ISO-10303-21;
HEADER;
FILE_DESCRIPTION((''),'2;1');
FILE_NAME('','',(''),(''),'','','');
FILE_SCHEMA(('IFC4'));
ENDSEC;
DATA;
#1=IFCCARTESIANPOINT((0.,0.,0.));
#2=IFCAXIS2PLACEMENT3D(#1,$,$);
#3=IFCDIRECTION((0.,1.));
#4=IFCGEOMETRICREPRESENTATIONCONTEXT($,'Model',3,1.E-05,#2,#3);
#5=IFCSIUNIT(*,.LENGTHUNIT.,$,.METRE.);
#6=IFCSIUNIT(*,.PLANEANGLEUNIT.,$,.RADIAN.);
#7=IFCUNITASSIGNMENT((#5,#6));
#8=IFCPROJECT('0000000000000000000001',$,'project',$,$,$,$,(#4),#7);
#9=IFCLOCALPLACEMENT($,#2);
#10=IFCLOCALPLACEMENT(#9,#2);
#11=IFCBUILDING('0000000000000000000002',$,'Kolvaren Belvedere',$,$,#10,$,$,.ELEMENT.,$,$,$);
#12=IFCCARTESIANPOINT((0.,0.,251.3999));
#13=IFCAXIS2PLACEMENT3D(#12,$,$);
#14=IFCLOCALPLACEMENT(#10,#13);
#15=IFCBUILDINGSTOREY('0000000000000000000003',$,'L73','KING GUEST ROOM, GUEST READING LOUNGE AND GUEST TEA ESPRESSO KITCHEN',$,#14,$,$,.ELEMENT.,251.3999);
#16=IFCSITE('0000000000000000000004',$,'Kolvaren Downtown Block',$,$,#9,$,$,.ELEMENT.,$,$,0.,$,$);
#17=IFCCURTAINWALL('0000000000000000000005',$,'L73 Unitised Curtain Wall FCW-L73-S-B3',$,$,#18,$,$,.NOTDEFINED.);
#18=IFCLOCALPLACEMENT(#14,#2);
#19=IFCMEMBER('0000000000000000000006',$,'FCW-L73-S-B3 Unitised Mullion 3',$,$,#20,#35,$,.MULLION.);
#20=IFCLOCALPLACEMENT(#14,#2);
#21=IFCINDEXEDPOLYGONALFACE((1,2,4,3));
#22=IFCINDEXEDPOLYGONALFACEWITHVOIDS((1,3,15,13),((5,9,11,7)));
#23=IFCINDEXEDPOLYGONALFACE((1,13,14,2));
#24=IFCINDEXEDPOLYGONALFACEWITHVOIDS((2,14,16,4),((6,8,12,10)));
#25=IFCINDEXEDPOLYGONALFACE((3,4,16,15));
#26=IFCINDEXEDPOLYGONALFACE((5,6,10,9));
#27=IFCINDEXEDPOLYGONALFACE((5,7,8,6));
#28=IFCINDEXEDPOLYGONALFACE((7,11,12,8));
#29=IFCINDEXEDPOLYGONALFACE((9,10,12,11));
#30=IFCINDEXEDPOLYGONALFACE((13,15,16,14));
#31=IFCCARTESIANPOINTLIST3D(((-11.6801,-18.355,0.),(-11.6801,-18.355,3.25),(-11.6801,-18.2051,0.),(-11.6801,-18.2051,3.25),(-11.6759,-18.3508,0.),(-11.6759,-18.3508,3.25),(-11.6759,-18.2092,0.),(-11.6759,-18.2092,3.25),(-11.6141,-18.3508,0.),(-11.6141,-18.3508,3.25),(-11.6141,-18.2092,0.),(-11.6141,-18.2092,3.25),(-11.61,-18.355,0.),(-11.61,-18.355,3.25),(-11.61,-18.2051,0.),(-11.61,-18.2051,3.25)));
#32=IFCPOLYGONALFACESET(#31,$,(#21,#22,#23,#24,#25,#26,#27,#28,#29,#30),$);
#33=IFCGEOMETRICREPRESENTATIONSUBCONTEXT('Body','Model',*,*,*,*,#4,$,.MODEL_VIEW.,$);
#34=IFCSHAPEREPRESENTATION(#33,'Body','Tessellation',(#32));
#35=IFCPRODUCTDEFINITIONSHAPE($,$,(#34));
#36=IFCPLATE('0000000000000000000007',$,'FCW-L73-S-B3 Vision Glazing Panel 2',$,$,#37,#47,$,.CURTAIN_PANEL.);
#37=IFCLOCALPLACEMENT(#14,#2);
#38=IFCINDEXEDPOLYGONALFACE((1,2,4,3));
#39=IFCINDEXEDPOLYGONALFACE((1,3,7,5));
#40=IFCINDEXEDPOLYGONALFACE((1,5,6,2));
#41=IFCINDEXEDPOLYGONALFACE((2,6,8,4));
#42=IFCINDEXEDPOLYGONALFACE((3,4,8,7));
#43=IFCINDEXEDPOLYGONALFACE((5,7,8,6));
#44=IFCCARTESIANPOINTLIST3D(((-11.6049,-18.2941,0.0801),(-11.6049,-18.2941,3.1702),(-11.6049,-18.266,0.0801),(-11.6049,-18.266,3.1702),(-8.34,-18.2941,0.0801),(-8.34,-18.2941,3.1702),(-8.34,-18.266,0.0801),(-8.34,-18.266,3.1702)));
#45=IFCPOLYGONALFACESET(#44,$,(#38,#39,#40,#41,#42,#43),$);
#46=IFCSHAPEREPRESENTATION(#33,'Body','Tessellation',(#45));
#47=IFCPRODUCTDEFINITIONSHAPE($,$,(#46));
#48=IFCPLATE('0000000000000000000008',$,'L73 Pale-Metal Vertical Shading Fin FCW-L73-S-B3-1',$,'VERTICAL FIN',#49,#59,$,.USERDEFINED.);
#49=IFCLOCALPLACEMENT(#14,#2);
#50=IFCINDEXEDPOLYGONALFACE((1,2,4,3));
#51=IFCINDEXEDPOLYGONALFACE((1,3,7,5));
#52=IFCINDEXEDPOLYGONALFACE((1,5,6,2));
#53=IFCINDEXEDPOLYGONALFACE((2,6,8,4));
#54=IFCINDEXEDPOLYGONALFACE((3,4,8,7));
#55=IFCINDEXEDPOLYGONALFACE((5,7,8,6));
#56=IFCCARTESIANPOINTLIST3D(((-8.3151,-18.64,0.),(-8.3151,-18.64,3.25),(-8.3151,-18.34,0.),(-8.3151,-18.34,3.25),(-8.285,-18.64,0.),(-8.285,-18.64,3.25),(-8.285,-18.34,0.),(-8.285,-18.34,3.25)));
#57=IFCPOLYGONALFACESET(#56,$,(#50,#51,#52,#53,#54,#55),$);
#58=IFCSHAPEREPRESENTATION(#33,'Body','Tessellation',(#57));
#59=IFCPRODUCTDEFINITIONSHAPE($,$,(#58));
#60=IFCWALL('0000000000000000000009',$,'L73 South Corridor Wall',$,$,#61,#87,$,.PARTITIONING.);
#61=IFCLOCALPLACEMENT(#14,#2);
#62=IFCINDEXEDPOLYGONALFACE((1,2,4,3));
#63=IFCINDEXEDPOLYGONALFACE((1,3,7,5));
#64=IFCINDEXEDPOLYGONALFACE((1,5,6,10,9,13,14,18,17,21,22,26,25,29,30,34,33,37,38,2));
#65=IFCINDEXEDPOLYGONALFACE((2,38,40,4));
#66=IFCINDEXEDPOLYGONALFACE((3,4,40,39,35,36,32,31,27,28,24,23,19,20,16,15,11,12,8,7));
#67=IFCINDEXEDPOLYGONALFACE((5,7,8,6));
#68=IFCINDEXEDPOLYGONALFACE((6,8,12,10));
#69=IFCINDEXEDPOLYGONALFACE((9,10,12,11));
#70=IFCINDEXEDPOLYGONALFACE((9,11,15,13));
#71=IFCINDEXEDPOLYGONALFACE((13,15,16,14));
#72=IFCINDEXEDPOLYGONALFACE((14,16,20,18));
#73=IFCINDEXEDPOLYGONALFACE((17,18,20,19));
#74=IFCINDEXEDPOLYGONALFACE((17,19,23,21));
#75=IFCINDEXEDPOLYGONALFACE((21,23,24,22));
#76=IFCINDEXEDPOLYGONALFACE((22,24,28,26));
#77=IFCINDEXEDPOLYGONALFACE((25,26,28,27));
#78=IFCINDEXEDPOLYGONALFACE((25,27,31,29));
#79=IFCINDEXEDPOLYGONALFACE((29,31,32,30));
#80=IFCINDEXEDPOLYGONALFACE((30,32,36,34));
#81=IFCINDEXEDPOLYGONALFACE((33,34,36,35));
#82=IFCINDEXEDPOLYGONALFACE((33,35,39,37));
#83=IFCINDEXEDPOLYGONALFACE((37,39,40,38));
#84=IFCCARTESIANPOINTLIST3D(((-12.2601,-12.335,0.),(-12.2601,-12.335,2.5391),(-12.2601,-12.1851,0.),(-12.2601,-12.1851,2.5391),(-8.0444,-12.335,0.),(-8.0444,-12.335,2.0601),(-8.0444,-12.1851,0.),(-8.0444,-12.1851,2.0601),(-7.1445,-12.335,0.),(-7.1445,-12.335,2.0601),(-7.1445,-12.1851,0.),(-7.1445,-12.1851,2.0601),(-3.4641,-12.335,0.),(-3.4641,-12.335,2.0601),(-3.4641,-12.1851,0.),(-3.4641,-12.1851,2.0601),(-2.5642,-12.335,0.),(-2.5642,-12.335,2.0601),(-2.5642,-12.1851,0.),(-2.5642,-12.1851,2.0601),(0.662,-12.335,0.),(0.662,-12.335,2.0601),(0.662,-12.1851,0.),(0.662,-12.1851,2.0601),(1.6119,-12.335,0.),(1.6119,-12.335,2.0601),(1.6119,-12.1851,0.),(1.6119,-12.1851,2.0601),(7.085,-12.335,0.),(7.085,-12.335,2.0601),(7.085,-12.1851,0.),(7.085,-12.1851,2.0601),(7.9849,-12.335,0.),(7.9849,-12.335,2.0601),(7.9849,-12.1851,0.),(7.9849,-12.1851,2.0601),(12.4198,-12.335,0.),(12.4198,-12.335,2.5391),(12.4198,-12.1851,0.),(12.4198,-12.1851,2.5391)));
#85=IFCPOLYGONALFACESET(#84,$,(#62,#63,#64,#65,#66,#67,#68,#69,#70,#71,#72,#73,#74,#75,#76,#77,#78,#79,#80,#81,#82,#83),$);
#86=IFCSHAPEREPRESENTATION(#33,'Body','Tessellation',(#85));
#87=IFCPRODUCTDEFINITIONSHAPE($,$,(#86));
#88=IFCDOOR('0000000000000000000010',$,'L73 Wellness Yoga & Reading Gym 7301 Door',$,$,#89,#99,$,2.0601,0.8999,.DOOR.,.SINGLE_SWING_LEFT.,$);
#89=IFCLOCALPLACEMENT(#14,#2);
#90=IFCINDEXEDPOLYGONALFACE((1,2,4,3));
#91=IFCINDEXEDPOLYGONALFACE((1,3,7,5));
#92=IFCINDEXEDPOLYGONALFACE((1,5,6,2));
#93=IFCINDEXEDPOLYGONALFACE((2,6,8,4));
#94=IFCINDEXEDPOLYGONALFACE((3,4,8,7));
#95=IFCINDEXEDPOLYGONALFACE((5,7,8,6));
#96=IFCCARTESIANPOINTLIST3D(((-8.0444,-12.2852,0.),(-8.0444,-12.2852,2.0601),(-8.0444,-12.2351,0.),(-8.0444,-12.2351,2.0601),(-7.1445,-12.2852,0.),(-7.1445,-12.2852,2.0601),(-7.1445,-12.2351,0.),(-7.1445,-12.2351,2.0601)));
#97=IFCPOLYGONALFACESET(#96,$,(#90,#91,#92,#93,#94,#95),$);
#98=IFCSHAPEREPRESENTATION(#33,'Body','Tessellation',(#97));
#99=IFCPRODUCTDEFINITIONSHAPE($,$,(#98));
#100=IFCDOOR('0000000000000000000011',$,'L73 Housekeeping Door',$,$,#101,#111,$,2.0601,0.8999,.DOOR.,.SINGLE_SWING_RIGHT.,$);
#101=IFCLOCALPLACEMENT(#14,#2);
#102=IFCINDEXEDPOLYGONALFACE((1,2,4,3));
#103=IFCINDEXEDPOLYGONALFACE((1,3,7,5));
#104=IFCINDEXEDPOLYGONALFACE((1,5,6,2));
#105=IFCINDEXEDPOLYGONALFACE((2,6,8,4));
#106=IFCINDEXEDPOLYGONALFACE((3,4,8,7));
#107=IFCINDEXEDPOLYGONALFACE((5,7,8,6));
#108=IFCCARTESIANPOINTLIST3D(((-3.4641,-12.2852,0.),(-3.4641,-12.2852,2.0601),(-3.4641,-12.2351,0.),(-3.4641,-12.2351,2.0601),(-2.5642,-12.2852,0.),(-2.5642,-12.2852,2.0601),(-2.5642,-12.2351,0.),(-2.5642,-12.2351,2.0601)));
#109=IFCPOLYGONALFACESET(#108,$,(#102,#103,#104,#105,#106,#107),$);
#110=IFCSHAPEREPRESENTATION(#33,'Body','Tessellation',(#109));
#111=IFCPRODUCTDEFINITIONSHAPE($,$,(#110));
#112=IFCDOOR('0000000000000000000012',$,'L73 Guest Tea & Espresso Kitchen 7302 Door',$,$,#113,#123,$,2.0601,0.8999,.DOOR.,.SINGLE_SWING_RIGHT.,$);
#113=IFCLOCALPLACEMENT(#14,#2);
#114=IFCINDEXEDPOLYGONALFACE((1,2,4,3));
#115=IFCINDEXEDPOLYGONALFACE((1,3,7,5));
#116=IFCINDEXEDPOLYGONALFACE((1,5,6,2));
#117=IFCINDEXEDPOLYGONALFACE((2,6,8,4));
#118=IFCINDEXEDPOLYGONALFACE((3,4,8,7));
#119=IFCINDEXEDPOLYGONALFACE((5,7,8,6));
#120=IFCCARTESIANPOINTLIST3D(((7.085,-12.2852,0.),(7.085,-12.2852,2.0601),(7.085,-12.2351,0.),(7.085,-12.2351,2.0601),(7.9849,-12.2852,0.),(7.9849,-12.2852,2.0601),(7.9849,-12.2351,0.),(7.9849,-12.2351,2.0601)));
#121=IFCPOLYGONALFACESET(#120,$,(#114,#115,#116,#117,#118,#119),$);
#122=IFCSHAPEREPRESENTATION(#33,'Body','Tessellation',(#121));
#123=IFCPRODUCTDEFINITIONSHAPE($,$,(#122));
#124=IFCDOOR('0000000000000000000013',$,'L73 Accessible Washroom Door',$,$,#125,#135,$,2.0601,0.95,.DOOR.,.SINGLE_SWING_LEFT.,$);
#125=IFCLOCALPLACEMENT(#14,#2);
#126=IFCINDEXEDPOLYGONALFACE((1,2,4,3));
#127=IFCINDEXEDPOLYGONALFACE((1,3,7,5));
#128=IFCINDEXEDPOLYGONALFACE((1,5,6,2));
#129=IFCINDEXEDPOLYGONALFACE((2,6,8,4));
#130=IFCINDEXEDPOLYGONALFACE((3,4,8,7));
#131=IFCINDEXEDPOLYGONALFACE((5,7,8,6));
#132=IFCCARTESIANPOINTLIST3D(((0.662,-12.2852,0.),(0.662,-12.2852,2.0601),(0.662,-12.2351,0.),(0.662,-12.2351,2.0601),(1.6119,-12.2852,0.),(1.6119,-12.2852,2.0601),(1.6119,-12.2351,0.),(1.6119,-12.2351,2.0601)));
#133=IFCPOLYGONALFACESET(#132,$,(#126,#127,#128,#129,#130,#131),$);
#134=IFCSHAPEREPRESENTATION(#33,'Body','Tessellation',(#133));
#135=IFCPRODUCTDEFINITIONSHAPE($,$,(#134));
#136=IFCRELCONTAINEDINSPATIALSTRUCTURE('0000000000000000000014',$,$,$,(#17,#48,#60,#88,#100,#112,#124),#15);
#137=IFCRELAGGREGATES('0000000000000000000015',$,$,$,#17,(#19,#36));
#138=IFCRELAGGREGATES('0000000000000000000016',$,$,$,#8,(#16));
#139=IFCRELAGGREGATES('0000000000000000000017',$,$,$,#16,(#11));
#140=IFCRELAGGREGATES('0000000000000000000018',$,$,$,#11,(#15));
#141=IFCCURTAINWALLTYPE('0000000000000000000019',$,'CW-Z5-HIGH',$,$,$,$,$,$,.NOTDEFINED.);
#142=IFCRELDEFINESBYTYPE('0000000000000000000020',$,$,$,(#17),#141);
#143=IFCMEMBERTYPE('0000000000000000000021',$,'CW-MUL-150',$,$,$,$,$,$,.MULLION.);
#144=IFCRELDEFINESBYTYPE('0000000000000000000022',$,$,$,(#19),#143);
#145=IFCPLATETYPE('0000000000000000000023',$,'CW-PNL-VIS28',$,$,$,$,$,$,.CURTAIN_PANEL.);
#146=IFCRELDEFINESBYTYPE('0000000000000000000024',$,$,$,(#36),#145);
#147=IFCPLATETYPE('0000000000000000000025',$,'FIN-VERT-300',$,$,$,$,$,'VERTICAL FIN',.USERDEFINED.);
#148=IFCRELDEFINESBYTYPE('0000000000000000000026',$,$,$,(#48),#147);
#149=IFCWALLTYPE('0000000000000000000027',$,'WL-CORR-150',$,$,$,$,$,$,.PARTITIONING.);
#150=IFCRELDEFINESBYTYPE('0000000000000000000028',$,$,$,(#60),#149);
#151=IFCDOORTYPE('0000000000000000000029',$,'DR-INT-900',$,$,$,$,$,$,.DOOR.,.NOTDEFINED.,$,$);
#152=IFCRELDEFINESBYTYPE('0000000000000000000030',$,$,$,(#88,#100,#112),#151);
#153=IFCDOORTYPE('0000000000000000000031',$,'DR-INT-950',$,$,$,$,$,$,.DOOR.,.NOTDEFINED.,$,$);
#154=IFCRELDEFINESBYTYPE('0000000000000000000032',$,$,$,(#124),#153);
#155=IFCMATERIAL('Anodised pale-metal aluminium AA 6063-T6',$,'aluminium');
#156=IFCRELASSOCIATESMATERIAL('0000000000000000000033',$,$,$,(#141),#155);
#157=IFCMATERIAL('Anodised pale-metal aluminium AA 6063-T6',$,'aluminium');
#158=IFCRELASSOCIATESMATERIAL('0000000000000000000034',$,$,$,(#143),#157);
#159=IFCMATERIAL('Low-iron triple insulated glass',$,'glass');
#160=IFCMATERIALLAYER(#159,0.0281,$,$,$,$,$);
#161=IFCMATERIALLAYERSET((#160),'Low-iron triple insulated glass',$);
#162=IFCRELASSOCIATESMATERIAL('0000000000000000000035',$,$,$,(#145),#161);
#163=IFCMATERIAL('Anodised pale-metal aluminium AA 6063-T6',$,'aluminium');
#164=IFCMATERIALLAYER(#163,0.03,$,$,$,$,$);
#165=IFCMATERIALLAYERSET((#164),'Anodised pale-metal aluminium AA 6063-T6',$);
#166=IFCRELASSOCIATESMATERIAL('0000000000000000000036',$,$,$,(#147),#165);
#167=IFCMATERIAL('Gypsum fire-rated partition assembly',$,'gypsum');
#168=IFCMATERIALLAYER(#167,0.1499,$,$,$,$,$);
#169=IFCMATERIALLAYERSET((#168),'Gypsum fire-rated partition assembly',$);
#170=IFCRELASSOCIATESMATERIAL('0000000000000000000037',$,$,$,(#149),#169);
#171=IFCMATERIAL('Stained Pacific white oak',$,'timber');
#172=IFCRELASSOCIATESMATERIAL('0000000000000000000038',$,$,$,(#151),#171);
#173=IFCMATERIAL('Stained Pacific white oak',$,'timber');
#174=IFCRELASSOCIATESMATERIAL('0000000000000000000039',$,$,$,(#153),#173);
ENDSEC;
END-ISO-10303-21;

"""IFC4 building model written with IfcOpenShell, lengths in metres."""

from ifc_helpers import new_model, si_unit, direction, frame, frame_2d, origin, origin_2d, place, context, subcontext, project, spatial, rectangle, hollow_rectangle, extrude, material, layer, layer_set, material_profile, profile_set, type_object, element, fill, aggregate, save


model = new_model("IFC4")

# Units and contexts
model_context = context("Model", 3, precision=1e-05, world=origin(), true_north=direction((0.0, 1.0)))
body_context = subcontext(model_context, "Body", "Model", "MODEL_VIEW")
ifc_project = project(units=[si_unit("LENGTHUNIT", "METRE"), si_unit("PLANEANGLEUNIT", "RADIAN")], contexts=[model_context])

# Site, building, storey
site_placement = place(None, origin())
site = spatial("IfcSite", under=ifc_project, at=site_placement, Name="Kolvaren Downtown Block", CompositionType="ELEMENT", RefElevation=0.0)
building_placement = place(site_placement, origin())
building = spatial("IfcBuilding", under=site, at=building_placement, Name="Kolvaren Belvedere", CompositionType="ELEMENT")
storey_placement = place(building_placement, frame((0.0, 0.0, 251.3999)))
storey = spatial("IfcBuildingStorey", under=building, at=storey_placement, Name="L73", Description="KING GUEST ROOM, GUEST READING LOUNGE AND GUEST TEA ESPRESSO KITCHEN", CompositionType="ELEMENT", Elevation=251.3999)

# Curtain wall, member, plate
ifc_material_1 = material(Name="Anodised pale-metal aluminium AA 6063-T6", Category="aluminium")
curtain_wall_type = type_object("IfcCurtainWallType", Name="CW-Z5-HIGH", PredefinedType="NOTDEFINED", material=ifc_material_1)
curtain_wall_placement = place(storey_placement, origin())
curtain_wall = element("IfcCurtainWall", 1, at=curtain_wall_placement, inside=storey, type_object=curtain_wall_type, Name="L73 Unitised Curtain Wall FCW-L73-S-B3", PredefinedType="NOTDEFINED")
ifc_material_2 = material(Name="Anodised pale-metal aluminium AA 6063-T6", Category="aluminium")
ifc_material_profile_1 = material_profile(ifc_material_2, hollow_rectangle(XDim=0.0701, YDim=0.1499, WallThickness=0.0042, at=origin_2d()), Name="ALU-MUL-150X70")
ifc_profile_set_1 = profile_set([ifc_material_profile_1], Name="Anodised pale-metal aluminium AA 6063-T6")
member_type = type_object("IfcMemberType", Name="CW-MUL-150", PredefinedType="MULLION", material=ifc_profile_set_1)
member_1_placement = place(storey_placement, frame((-11.645, -18.28, 0.0), z_axis=(0.0, 0.0, 1.0), x_axis=(1.0, 0.0, 0.0)))
member_1 = element("IfcMember", 2, at=member_1_placement, type_object=member_type, Name="FCW-L73-S-B3 Unitised Mullion 3", PredefinedType="MULLION", context=body_context, shape_type="SweptSolid", body=[
    extrude(hollow_rectangle(XDim=0.0701, YDim=0.1499, WallThickness=0.0042, at=origin_2d()), origin(), (0.0, 0.0, 1.0), 3.25),
])
ifc_material_3 = material(Name="Low-iron triple insulated glass", Category="glass")
ifc_layer_1 = layer(ifc_material_3, 0.0281)
ifc_layer_set_1 = layer_set([ifc_layer_1], Name="Low-iron triple insulated glass")
plate_type_1 = type_object("IfcPlateType", Name="CW-PNL-VIS28", PredefinedType="CURTAIN_PANEL", material=ifc_layer_set_1)
plate_1_placement = place(storey_placement, frame((-9.9724, -18.28, 0.0801), z_axis=(0.0, 0.0, 1.0), x_axis=(-1.0, 0.0, 0.0)))
plate_1 = element("IfcPlate", 3, at=plate_1_placement, type_object=plate_type_1, Name="FCW-L73-S-B3 Vision Glazing Panel 2", PredefinedType="CURTAIN_PANEL", context=body_context, shape_type="SweptSolid", body=[
    extrude(rectangle(XDim=3.2649, YDim=0.0281, at=origin_2d()), origin(), (0.0, 0.0, 1.0), 3.0901),
])
aggregate(curtain_wall, [member_1, plate_1])

# Plate
ifc_material_4 = material(Name="Anodised pale-metal aluminium AA 6063-T6", Category="aluminium")
ifc_layer_2 = layer(ifc_material_4, 0.03)
ifc_layer_set_2 = layer_set([ifc_layer_2], Name="Anodised pale-metal aluminium AA 6063-T6")
plate_type_2 = type_object("IfcPlateType", Name="FIN-VERT-300", ElementType="VERTICAL FIN", PredefinedType="USERDEFINED", material=ifc_layer_set_2)
plate_2_placement = place(storey_placement, frame((-8.3, -18.49, 0.0), z_axis=(0.0, 0.0, 1.0), x_axis=(0.0, 1.0, 0.0)))
element("IfcPlate", 4, at=plate_2_placement, inside=storey, type_object=plate_type_2, Name="L73 Pale-Metal Vertical Shading Fin FCW-L73-S-B3-1", ObjectType="VERTICAL FIN", PredefinedType="USERDEFINED", context=body_context, shape_type="SweptSolid", body=[
    extrude(rectangle(XDim=0.3, YDim=0.03, at=origin_2d()), origin(), (0.0, 0.0, 1.0), 3.25),
])

# Wall, openings, doors
ifc_material_5 = material(Name="Gypsum fire-rated partition assembly", Category="gypsum")
ifc_layer_3 = layer(ifc_material_5, 0.1499)
ifc_layer_set_3 = layer_set([ifc_layer_3], Name="Gypsum fire-rated partition assembly")
wall_type_1 = type_object("IfcWallType", Name="WL-CORR-150", PredefinedType="PARTITIONING", material=ifc_layer_set_3)
wall_1_placement = place(storey_placement, frame((-12.26, -12.26, 0.0), z_axis=(0.0, 0.0, 1.0), x_axis=(1.0, 0.0, 0.0)))
wall_1 = element("IfcWall", 5, at=wall_1_placement, inside=storey, type_object=wall_type_1, Name="L73 South Corridor Wall", PredefinedType="PARTITIONING", context=body_context, shape_type="SweptSolid", body=[
    extrude(rectangle(XDim=24.6799, YDim=0.1499, at=frame_2d((12.3398, 0.0))), origin(), (0.0, 0.0, 1.0), 2.5391),
])
opening_1_placement = place(wall_1_placement, frame((4.2156, 0.0, 0.0)))
opening_1 = element("IfcOpeningElement", 6, at=opening_1_placement, cuts=wall_1, PredefinedType="OPENING", context=body_context, shape_type="SweptSolid", body=[
    extrude(rectangle(XDim=0.8999, YDim=2.0601, at=frame_2d((0.45, 1.03))), frame((0.0, 0.085, 0.0), z_axis=(0.0, -1.0, 0.0), x_axis=(1.0, 0.0, 0.0)), (0.0, 0.0, 1.0), 0.1699),
])
opening_2_placement = place(wall_1_placement, frame((8.7959, 0.0, 0.0)))
opening_2 = element("IfcOpeningElement", 7, at=opening_2_placement, cuts=wall_1, PredefinedType="OPENING", context=body_context, shape_type="SweptSolid", body=[
    extrude(rectangle(XDim=0.8999, YDim=2.0601, at=frame_2d((0.45, 1.03))), frame((0.0, 0.085, 0.0), z_axis=(0.0, -1.0, 0.0), x_axis=(1.0, 0.0, 0.0)), (0.0, 0.0, 1.0), 0.1699),
])
opening_3_placement = place(wall_1_placement, frame((12.9219, 0.0, 0.0)))
opening_3 = element("IfcOpeningElement", 8, at=opening_3_placement, cuts=wall_1, PredefinedType="OPENING", context=body_context, shape_type="SweptSolid", body=[
    extrude(rectangle(XDim=0.95, YDim=2.0601, at=frame_2d((0.4751, 1.03))), frame((0.0, 0.085, 0.0), z_axis=(0.0, -1.0, 0.0), x_axis=(1.0, 0.0, 0.0)), (0.0, 0.0, 1.0), 0.1699),
])
opening_4_placement = place(wall_1_placement, frame((19.345, 0.0, 0.0)))
opening_4 = element("IfcOpeningElement", 9, at=opening_4_placement, cuts=wall_1, PredefinedType="OPENING", context=body_context, shape_type="SweptSolid", body=[
    extrude(rectangle(XDim=0.8999, YDim=2.0601, at=frame_2d((0.45, 1.03))), frame((0.0, 0.085, 0.0), z_axis=(0.0, -1.0, 0.0), x_axis=(1.0, 0.0, 0.0)), (0.0, 0.0, 1.0), 0.1699),
])
ifc_material_6 = material(Name="Stained Pacific white oak", Category="timber")
door_type_1 = type_object("IfcDoorType", Name="DR-INT-900", OperationType="NOTDEFINED", PredefinedType="DOOR", material=ifc_material_6)
door_1_placement = place(opening_1_placement, origin())
door_1 = element("IfcDoor", 10, at=door_1_placement, inside=storey, type_object=door_type_1, Name="L73 Wellness Yoga & Reading Gym 7301 Door", OperationType="SINGLE_SWING_LEFT", OverallHeight=2.0601, OverallWidth=0.8999, PredefinedType="DOOR", context=body_context, shape_type="SweptSolid", body=[
    extrude(rectangle(XDim=0.8999, YDim=2.0601, at=frame_2d((0.45, 1.03))), frame((0.0, 0.0249, 0.0), z_axis=(0.0, -1.0, 0.0), x_axis=(1.0, 0.0, 0.0)), (0.0, 0.0, 1.0), 0.05),
])
fill(opening_1, door_1)
door_2_placement = place(opening_2_placement, origin())
door_2 = element("IfcDoor", 11, at=door_2_placement, inside=storey, type_object=door_type_1, Name="L73 Housekeeping Door", OperationType="SINGLE_SWING_RIGHT", OverallHeight=2.0601, OverallWidth=0.8999, PredefinedType="DOOR", context=body_context, shape_type="SweptSolid", body=[
    extrude(rectangle(XDim=0.8999, YDim=2.0601, at=frame_2d((0.45, 1.03))), frame((0.0, 0.0249, 0.0), z_axis=(0.0, -1.0, 0.0), x_axis=(1.0, 0.0, 0.0)), (0.0, 0.0, 1.0), 0.05),
])
fill(opening_2, door_2)
door_3_placement = place(opening_4_placement, origin())
door_3 = element("IfcDoor", 12, at=door_3_placement, inside=storey, type_object=door_type_1, Name="L73 Guest Tea & Espresso Kitchen 7302 Door", OperationType="SINGLE_SWING_RIGHT", OverallHeight=2.0601, OverallWidth=0.8999, PredefinedType="DOOR", context=body_context, shape_type="SweptSolid", body=[
    extrude(rectangle(XDim=0.8999, YDim=2.0601, at=frame_2d((0.45, 1.03))), frame((0.0, 0.0249, 0.0), z_axis=(0.0, -1.0, 0.0), x_axis=(1.0, 0.0, 0.0)), (0.0, 0.0, 1.0), 0.05),
])
fill(opening_4, door_3)
ifc_material_7 = material(Name="Stained Pacific white oak", Category="timber")
door_type_2 = type_object("IfcDoorType", Name="DR-INT-950", OperationType="NOTDEFINED", PredefinedType="DOOR", material=ifc_material_7)
door_4_placement = place(opening_3_placement, origin())
door_4 = element("IfcDoor", 13, at=door_4_placement, inside=storey, type_object=door_type_2, Name="L73 Accessible Washroom Door", OperationType="SINGLE_SWING_LEFT", OverallHeight=2.0601, OverallWidth=0.95, PredefinedType="DOOR", context=body_context, shape_type="SweptSolid", body=[
    extrude(rectangle(XDim=0.95, YDim=2.0601, at=frame_2d((0.4751, 1.03))), frame((0.0, 0.0249, 0.0), z_axis=(0.0, -1.0, 0.0), x_axis=(1.0, 0.0, 0.0)), (0.0, 0.0, 1.0), 0.05),
])
fill(opening_3, door_4)

save(model, "model.ifc")
